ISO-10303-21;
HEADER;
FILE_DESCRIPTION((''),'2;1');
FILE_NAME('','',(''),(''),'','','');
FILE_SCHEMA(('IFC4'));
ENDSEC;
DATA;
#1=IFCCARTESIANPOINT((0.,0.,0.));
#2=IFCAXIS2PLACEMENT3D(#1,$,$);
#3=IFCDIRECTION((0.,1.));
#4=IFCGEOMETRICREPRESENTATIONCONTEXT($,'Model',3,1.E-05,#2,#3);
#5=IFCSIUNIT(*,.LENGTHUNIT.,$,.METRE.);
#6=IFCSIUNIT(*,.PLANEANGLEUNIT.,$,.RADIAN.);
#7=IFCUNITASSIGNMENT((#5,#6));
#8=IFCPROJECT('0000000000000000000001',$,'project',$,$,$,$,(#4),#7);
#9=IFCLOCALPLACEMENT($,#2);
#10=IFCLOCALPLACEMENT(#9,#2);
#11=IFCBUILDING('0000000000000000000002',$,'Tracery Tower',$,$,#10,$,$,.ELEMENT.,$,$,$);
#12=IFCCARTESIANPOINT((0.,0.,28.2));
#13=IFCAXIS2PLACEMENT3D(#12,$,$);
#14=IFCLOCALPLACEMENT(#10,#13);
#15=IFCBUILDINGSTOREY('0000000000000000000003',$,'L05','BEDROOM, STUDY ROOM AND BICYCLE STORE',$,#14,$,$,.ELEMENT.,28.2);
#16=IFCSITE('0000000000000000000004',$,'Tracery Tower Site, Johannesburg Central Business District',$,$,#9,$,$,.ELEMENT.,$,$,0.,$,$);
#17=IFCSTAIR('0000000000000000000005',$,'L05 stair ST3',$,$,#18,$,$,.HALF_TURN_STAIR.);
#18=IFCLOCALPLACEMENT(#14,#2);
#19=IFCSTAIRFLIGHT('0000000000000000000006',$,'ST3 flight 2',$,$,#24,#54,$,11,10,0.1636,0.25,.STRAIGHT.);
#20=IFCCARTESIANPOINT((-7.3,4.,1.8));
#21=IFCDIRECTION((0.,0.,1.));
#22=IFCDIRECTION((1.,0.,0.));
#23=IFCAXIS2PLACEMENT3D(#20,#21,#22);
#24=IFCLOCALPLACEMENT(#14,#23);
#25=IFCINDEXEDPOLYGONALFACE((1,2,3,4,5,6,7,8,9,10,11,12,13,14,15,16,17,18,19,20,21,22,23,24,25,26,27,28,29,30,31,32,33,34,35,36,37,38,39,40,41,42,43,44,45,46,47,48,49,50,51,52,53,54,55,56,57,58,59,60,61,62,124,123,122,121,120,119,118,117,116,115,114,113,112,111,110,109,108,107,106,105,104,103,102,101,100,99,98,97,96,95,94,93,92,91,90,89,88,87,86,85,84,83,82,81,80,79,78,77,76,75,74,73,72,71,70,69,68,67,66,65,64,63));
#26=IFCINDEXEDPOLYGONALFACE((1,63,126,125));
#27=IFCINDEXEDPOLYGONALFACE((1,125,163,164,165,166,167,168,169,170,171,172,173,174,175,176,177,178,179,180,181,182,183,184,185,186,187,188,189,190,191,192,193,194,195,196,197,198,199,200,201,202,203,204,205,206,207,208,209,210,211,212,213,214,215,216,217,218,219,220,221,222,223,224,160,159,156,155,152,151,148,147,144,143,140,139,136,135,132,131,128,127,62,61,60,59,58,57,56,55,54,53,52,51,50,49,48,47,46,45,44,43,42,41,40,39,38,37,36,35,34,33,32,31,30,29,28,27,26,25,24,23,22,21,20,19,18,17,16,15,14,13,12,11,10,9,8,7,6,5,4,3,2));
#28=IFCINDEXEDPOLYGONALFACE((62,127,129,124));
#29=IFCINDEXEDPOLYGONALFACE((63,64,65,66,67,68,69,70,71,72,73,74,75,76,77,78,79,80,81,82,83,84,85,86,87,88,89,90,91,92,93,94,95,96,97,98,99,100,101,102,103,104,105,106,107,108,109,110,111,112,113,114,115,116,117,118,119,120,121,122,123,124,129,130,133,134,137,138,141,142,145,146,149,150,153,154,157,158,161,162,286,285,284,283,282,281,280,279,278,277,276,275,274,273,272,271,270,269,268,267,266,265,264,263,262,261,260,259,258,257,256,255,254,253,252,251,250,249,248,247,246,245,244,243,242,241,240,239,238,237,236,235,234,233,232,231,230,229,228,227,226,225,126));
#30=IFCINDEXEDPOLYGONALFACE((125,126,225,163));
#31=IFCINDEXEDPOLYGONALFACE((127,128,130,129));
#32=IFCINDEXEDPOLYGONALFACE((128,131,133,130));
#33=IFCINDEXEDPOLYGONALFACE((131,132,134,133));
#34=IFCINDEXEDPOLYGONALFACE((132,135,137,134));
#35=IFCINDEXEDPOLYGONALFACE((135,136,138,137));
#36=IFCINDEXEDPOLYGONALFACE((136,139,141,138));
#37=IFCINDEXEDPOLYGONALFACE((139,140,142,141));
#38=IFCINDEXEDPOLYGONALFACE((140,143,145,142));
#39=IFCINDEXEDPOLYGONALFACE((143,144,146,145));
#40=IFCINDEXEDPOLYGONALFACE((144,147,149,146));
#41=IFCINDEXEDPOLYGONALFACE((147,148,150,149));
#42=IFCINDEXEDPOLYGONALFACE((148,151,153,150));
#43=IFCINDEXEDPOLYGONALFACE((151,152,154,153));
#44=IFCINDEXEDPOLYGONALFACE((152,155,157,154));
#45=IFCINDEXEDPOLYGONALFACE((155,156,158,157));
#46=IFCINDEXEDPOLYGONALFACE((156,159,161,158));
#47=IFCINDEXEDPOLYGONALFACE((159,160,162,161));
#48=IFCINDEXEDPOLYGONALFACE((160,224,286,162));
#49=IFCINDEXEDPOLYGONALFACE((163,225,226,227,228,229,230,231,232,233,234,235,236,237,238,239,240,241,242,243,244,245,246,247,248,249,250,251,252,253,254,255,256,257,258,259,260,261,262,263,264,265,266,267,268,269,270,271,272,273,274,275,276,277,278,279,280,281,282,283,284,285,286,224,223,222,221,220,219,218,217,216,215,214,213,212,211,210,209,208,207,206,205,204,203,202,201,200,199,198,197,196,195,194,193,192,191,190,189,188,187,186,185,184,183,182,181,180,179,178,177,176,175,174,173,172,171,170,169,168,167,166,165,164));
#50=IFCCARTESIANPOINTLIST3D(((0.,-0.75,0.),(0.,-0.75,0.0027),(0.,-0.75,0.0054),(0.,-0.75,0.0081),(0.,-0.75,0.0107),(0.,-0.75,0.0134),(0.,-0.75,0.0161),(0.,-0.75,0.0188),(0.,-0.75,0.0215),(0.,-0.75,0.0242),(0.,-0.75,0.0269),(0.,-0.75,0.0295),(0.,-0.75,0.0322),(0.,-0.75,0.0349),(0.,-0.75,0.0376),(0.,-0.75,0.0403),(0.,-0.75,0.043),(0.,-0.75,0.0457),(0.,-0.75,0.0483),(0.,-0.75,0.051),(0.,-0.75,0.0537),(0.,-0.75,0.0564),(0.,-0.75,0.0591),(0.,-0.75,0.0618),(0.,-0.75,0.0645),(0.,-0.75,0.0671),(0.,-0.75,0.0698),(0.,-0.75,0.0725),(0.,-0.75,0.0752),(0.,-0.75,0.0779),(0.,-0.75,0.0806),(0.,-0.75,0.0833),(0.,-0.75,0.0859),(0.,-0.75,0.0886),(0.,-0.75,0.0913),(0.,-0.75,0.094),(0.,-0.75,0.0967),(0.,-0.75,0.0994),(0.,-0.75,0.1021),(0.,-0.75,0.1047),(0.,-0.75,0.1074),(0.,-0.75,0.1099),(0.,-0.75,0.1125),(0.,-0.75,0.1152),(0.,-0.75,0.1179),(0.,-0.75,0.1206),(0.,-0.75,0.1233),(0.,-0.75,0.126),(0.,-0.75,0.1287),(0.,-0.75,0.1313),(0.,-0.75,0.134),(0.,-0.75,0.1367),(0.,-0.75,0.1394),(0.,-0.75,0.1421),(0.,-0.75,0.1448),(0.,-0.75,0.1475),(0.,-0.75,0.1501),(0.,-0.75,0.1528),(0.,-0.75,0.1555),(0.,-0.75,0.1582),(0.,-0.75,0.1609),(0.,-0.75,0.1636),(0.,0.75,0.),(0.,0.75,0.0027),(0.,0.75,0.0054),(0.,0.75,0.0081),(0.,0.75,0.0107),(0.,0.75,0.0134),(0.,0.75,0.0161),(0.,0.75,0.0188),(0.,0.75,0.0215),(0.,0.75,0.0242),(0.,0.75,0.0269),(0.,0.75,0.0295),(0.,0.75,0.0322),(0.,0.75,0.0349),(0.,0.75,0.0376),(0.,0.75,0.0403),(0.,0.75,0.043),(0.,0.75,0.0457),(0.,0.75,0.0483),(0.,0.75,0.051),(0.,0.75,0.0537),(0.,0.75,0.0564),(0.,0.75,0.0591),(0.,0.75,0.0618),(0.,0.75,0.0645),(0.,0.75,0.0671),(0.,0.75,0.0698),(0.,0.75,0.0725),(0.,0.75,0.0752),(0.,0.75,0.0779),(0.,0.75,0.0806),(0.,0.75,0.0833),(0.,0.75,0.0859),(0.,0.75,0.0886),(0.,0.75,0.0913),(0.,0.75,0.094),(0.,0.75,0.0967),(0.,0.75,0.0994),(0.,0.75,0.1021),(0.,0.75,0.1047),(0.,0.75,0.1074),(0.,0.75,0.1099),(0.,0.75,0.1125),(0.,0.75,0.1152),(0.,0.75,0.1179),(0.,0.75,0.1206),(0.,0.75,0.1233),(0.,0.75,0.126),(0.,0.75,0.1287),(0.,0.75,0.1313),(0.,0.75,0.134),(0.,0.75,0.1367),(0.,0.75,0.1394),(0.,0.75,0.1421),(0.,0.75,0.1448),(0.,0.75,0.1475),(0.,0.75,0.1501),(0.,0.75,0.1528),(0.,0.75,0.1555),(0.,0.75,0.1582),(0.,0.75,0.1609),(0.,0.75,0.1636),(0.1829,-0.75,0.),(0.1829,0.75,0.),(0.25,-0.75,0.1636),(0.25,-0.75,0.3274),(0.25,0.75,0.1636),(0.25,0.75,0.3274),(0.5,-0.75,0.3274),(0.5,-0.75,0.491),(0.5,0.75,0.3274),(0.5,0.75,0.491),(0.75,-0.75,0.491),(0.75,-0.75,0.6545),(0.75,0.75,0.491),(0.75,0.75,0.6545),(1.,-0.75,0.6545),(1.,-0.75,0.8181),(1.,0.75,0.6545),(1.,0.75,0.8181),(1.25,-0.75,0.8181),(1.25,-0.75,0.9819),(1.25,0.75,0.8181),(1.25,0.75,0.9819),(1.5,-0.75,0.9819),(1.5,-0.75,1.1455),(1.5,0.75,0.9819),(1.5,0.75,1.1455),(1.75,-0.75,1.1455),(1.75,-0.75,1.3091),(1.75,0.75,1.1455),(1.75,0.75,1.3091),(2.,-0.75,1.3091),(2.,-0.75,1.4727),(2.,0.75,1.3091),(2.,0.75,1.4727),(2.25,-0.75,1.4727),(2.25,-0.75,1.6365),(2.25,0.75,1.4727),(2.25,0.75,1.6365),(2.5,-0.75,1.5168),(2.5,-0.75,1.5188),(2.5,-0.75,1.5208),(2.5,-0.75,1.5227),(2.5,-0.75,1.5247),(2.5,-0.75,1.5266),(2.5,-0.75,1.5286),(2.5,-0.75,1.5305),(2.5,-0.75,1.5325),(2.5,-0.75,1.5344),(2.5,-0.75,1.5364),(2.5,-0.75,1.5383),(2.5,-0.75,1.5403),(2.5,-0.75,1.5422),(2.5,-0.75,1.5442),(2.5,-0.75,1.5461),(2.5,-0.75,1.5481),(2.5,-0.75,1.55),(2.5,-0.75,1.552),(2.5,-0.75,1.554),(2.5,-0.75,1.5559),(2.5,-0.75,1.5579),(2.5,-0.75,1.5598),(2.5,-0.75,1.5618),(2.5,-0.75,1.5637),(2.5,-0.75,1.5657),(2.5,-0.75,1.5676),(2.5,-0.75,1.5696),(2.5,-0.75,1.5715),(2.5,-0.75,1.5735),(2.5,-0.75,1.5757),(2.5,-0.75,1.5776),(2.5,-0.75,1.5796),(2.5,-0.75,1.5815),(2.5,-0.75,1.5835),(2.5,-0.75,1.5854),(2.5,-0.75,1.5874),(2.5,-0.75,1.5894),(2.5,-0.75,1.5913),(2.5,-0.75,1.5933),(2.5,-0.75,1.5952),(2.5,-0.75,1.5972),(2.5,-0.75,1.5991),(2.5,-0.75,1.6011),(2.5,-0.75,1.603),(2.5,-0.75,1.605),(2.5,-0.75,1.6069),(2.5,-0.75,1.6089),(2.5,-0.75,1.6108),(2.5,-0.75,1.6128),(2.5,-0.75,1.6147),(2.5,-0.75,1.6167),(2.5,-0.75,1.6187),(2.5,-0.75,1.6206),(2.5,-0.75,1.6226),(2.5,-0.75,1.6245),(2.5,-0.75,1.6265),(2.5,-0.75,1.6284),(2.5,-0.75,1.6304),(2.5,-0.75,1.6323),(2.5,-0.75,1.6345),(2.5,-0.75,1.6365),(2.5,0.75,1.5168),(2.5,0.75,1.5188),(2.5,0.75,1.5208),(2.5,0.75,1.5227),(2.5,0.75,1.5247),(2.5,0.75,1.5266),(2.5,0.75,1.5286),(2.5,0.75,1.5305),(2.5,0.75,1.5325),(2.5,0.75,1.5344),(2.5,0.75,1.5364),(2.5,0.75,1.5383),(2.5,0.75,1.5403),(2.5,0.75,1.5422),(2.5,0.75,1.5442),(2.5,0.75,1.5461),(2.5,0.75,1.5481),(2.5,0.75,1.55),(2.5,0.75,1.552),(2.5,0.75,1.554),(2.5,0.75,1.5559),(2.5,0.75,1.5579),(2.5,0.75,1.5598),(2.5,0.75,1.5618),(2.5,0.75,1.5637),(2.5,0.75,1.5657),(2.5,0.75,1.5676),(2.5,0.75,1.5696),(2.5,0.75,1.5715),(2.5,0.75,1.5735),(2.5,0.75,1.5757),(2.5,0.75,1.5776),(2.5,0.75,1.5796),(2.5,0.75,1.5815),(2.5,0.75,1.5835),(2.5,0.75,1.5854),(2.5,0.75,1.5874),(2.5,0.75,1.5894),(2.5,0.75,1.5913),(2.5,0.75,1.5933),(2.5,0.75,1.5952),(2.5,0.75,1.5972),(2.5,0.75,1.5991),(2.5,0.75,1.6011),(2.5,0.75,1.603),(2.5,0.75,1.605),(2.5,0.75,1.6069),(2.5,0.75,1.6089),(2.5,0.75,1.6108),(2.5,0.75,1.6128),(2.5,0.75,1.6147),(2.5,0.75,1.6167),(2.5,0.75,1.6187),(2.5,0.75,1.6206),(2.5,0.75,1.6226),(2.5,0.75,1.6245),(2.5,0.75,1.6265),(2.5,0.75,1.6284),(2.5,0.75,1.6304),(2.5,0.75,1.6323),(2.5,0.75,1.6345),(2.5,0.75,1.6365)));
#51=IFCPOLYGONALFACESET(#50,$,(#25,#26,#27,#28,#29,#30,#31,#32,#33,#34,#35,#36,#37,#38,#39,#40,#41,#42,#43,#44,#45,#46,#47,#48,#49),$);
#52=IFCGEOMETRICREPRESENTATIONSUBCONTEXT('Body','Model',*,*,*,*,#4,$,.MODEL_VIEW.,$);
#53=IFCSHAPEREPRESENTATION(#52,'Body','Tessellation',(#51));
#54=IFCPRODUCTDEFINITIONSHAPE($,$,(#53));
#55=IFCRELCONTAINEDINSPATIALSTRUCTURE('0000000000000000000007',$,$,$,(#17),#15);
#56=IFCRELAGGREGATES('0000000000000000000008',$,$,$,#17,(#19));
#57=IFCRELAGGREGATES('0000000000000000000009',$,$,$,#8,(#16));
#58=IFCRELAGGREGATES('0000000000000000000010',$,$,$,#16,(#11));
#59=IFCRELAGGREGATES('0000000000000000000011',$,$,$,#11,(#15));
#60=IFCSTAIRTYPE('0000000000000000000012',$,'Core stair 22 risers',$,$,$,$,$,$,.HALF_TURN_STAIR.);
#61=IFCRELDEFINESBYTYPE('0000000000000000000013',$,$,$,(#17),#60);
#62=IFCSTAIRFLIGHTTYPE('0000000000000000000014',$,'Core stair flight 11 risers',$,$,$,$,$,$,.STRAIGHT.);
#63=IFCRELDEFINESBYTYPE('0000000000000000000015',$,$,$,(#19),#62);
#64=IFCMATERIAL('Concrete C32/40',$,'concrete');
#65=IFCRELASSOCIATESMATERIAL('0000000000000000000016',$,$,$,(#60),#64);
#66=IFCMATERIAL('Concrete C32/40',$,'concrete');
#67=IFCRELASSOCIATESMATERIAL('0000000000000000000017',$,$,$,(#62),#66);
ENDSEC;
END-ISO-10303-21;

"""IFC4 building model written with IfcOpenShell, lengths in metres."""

from ifc_helpers import new_model, si_unit, direction, frame, origin, place, context, subcontext, project, spatial, polyline, outline, extrude, material, type_object, element, aggregate, save


model = new_model("IFC4")

# Units and contexts
model_context = context("Model", 3, precision=1e-05, world=origin(), true_north=direction((0.0, 1.0)))
body_context = subcontext(model_context, "Body", "Model", "MODEL_VIEW")
ifc_project = project(units=[si_unit("LENGTHUNIT", "METRE"), si_unit("PLANEANGLEUNIT", "RADIAN")], contexts=[model_context])

# Site, building, storey
site_placement = place(None, origin())
site = spatial("IfcSite", under=ifc_project, at=site_placement, Name="Tracery Tower Site, Johannesburg Central Business District", CompositionType="ELEMENT", RefElevation=0.0)
building_placement = place(site_placement, origin())
building = spatial("IfcBuilding", under=site, at=building_placement, Name="Tracery Tower", CompositionType="ELEMENT")
storey_placement = place(building_placement, frame((0.0, 0.0, 28.2)))
storey = spatial("IfcBuildingStorey", under=building, at=storey_placement, Name="L05", Description="BEDROOM, STUDY ROOM AND BICYCLE STORE", CompositionType="ELEMENT", Elevation=28.2)

# Stair, stair flight
ifc_material_1 = material(Name="Concrete C32/40", Category="concrete")
stair_type = type_object("IfcStairType", Name="Core stair 22 risers", PredefinedType="HALF_TURN_STAIR", material=ifc_material_1)
stair_placement = place(storey_placement, origin())
stair = element("IfcStair", 1, at=stair_placement, inside=storey, type_object=stair_type, Name="L05 stair ST3", PredefinedType="HALF_TURN_STAIR")
ifc_material_2 = material(Name="Concrete C32/40", Category="concrete")
stair_flight_type = type_object("IfcStairFlightType", Name="Core stair flight 11 risers", PredefinedType="STRAIGHT", material=ifc_material_2)
stair_flight_1_placement = place(storey_placement, frame((-7.3, 4.0, 1.8), z_axis=(0.0, 0.0, 1.0), x_axis=(1.0, 0.0, 0.0)))
stair_flight_1 = element("IfcStairFlight", 2, at=stair_flight_1_placement, type_object=stair_flight_type, Name="ST3 flight 2", NumberOfRisers=11, NumberOfTreads=10, PredefinedType="STRAIGHT", RiserHeight=0.1636, TreadLength=0.25, context=body_context, shape_type="SweptSolid", body=[
    extrude(outline(polyline([(0.0, 0.0), (0.0, 0.0027), (0.0, 0.0054), (0.0, 0.0081), (0.0, 0.0107), (0.0, 0.0134), (0.0, 0.0161), (0.0, 0.0188), (0.0, 0.0215), (0.0, 0.0242), (0.0, 0.0269), (0.0, 0.0295), (0.0, 0.0322), (0.0, 0.0349), (0.0, 0.0376), (0.0, 0.0403), (0.0, 0.043), (0.0, 0.0457), (0.0, 0.0483), (0.0, 0.051), (0.0, 0.0537), (0.0, 0.0564), (0.0, 0.0591), (0.0, 0.0618), (0.0, 0.0645), (0.0, 0.0671), (0.0, 0.0698), (0.0, 0.0725), (0.0, 0.0752), (0.0, 0.0779), (0.0, 0.0806), (0.0, 0.0833), (0.0, 0.0859), (0.0, 0.0886), (0.0, 0.0913), (0.0, 0.094), (0.0, 0.0967), (0.0, 0.0994), (0.0, 0.1021), (0.0, 0.1047), (0.0, 0.1074), (0.0, 0.1099), (0.0, 0.1125), (0.0, 0.1152), (0.0, 0.1179), (0.0, 0.1206), (0.0, 0.1233), (0.0, 0.126), (0.0, 0.1287), (0.0, 0.1313), (0.0, 0.134), (0.0, 0.1367), (0.0, 0.1394), (0.0, 0.1421), (0.0, 0.1448), (0.0, 0.1475), (0.0, 0.1501), (0.0, 0.1528), (0.0, 0.1555), (0.0, 0.1582), (0.0, 0.1609), (0.0, 0.1636), (0.25, 0.1636), (0.25, 0.3274), (0.5, 0.3274), (0.5, 0.491), (0.75, 0.491), (0.75, 0.6545), (1.0, 0.6545), (1.0, 0.8181), (1.25, 0.8181), (1.25, 0.9819), (1.5, 0.9819), (1.5, 1.1455), (1.75, 1.1455), (1.75, 1.3091), (2.0, 1.3091), (2.0, 1.4727), (2.25, 1.4727), (2.25, 1.6365), (2.5, 1.6365), (2.5, 1.6345), (2.5, 1.6323), (2.5, 1.6304), (2.5, 1.6284), (2.5, 1.6265), (2.5, 1.6245), (2.5, 1.6226), (2.5, 1.6206), (2.5, 1.6187), (2.5, 1.6167), (2.5, 1.6147), (2.5, 1.6128), (2.5, 1.6108), (2.5, 1.6089), (2.5, 1.6069), (2.5, 1.605), (2.5, 1.603), (2.5, 1.6011), (2.5, 1.5991), (2.5, 1.5972), (2.5, 1.5952), (2.5, 1.5933), (2.5, 1.5913), (2.5, 1.5894), (2.5, 1.5874), (2.5, 1.5854), (2.5, 1.5835), (2.5, 1.5815), (2.5, 1.5796), (2.5, 1.5776), (2.5, 1.5757), (2.5, 1.5735), (2.5, 1.5715), (2.5, 1.5696), (2.5, 1.5676), (2.5, 1.5657), (2.5, 1.5637), (2.5, 1.5618), (2.5, 1.5598), (2.5, 1.5579), (2.5, 1.5559), (2.5, 1.554), (2.5, 1.552), (2.5, 1.55), (2.5, 1.5481), (2.5, 1.5461), (2.5, 1.5442), (2.5, 1.5422), (2.5, 1.5403), (2.5, 1.5383), (2.5, 1.5364), (2.5, 1.5344), (2.5, 1.5325), (2.5, 1.5305), (2.5, 1.5286), (2.5, 1.5266), (2.5, 1.5247), (2.5, 1.5227), (2.5, 1.5208), (2.5, 1.5188), (2.5, 1.5168), (0.1829, 0.0), (0.0, 0.0)])), frame((0.0, 0.75, 0.0), z_axis=(0.0, -1.0, 0.0), x_axis=(1.0, 0.0, 0.0)), (0.0, 0.0, 1.0), 1.5),
])
aggregate(stair, [stair_flight_1])

save(model, "model.ifc")
